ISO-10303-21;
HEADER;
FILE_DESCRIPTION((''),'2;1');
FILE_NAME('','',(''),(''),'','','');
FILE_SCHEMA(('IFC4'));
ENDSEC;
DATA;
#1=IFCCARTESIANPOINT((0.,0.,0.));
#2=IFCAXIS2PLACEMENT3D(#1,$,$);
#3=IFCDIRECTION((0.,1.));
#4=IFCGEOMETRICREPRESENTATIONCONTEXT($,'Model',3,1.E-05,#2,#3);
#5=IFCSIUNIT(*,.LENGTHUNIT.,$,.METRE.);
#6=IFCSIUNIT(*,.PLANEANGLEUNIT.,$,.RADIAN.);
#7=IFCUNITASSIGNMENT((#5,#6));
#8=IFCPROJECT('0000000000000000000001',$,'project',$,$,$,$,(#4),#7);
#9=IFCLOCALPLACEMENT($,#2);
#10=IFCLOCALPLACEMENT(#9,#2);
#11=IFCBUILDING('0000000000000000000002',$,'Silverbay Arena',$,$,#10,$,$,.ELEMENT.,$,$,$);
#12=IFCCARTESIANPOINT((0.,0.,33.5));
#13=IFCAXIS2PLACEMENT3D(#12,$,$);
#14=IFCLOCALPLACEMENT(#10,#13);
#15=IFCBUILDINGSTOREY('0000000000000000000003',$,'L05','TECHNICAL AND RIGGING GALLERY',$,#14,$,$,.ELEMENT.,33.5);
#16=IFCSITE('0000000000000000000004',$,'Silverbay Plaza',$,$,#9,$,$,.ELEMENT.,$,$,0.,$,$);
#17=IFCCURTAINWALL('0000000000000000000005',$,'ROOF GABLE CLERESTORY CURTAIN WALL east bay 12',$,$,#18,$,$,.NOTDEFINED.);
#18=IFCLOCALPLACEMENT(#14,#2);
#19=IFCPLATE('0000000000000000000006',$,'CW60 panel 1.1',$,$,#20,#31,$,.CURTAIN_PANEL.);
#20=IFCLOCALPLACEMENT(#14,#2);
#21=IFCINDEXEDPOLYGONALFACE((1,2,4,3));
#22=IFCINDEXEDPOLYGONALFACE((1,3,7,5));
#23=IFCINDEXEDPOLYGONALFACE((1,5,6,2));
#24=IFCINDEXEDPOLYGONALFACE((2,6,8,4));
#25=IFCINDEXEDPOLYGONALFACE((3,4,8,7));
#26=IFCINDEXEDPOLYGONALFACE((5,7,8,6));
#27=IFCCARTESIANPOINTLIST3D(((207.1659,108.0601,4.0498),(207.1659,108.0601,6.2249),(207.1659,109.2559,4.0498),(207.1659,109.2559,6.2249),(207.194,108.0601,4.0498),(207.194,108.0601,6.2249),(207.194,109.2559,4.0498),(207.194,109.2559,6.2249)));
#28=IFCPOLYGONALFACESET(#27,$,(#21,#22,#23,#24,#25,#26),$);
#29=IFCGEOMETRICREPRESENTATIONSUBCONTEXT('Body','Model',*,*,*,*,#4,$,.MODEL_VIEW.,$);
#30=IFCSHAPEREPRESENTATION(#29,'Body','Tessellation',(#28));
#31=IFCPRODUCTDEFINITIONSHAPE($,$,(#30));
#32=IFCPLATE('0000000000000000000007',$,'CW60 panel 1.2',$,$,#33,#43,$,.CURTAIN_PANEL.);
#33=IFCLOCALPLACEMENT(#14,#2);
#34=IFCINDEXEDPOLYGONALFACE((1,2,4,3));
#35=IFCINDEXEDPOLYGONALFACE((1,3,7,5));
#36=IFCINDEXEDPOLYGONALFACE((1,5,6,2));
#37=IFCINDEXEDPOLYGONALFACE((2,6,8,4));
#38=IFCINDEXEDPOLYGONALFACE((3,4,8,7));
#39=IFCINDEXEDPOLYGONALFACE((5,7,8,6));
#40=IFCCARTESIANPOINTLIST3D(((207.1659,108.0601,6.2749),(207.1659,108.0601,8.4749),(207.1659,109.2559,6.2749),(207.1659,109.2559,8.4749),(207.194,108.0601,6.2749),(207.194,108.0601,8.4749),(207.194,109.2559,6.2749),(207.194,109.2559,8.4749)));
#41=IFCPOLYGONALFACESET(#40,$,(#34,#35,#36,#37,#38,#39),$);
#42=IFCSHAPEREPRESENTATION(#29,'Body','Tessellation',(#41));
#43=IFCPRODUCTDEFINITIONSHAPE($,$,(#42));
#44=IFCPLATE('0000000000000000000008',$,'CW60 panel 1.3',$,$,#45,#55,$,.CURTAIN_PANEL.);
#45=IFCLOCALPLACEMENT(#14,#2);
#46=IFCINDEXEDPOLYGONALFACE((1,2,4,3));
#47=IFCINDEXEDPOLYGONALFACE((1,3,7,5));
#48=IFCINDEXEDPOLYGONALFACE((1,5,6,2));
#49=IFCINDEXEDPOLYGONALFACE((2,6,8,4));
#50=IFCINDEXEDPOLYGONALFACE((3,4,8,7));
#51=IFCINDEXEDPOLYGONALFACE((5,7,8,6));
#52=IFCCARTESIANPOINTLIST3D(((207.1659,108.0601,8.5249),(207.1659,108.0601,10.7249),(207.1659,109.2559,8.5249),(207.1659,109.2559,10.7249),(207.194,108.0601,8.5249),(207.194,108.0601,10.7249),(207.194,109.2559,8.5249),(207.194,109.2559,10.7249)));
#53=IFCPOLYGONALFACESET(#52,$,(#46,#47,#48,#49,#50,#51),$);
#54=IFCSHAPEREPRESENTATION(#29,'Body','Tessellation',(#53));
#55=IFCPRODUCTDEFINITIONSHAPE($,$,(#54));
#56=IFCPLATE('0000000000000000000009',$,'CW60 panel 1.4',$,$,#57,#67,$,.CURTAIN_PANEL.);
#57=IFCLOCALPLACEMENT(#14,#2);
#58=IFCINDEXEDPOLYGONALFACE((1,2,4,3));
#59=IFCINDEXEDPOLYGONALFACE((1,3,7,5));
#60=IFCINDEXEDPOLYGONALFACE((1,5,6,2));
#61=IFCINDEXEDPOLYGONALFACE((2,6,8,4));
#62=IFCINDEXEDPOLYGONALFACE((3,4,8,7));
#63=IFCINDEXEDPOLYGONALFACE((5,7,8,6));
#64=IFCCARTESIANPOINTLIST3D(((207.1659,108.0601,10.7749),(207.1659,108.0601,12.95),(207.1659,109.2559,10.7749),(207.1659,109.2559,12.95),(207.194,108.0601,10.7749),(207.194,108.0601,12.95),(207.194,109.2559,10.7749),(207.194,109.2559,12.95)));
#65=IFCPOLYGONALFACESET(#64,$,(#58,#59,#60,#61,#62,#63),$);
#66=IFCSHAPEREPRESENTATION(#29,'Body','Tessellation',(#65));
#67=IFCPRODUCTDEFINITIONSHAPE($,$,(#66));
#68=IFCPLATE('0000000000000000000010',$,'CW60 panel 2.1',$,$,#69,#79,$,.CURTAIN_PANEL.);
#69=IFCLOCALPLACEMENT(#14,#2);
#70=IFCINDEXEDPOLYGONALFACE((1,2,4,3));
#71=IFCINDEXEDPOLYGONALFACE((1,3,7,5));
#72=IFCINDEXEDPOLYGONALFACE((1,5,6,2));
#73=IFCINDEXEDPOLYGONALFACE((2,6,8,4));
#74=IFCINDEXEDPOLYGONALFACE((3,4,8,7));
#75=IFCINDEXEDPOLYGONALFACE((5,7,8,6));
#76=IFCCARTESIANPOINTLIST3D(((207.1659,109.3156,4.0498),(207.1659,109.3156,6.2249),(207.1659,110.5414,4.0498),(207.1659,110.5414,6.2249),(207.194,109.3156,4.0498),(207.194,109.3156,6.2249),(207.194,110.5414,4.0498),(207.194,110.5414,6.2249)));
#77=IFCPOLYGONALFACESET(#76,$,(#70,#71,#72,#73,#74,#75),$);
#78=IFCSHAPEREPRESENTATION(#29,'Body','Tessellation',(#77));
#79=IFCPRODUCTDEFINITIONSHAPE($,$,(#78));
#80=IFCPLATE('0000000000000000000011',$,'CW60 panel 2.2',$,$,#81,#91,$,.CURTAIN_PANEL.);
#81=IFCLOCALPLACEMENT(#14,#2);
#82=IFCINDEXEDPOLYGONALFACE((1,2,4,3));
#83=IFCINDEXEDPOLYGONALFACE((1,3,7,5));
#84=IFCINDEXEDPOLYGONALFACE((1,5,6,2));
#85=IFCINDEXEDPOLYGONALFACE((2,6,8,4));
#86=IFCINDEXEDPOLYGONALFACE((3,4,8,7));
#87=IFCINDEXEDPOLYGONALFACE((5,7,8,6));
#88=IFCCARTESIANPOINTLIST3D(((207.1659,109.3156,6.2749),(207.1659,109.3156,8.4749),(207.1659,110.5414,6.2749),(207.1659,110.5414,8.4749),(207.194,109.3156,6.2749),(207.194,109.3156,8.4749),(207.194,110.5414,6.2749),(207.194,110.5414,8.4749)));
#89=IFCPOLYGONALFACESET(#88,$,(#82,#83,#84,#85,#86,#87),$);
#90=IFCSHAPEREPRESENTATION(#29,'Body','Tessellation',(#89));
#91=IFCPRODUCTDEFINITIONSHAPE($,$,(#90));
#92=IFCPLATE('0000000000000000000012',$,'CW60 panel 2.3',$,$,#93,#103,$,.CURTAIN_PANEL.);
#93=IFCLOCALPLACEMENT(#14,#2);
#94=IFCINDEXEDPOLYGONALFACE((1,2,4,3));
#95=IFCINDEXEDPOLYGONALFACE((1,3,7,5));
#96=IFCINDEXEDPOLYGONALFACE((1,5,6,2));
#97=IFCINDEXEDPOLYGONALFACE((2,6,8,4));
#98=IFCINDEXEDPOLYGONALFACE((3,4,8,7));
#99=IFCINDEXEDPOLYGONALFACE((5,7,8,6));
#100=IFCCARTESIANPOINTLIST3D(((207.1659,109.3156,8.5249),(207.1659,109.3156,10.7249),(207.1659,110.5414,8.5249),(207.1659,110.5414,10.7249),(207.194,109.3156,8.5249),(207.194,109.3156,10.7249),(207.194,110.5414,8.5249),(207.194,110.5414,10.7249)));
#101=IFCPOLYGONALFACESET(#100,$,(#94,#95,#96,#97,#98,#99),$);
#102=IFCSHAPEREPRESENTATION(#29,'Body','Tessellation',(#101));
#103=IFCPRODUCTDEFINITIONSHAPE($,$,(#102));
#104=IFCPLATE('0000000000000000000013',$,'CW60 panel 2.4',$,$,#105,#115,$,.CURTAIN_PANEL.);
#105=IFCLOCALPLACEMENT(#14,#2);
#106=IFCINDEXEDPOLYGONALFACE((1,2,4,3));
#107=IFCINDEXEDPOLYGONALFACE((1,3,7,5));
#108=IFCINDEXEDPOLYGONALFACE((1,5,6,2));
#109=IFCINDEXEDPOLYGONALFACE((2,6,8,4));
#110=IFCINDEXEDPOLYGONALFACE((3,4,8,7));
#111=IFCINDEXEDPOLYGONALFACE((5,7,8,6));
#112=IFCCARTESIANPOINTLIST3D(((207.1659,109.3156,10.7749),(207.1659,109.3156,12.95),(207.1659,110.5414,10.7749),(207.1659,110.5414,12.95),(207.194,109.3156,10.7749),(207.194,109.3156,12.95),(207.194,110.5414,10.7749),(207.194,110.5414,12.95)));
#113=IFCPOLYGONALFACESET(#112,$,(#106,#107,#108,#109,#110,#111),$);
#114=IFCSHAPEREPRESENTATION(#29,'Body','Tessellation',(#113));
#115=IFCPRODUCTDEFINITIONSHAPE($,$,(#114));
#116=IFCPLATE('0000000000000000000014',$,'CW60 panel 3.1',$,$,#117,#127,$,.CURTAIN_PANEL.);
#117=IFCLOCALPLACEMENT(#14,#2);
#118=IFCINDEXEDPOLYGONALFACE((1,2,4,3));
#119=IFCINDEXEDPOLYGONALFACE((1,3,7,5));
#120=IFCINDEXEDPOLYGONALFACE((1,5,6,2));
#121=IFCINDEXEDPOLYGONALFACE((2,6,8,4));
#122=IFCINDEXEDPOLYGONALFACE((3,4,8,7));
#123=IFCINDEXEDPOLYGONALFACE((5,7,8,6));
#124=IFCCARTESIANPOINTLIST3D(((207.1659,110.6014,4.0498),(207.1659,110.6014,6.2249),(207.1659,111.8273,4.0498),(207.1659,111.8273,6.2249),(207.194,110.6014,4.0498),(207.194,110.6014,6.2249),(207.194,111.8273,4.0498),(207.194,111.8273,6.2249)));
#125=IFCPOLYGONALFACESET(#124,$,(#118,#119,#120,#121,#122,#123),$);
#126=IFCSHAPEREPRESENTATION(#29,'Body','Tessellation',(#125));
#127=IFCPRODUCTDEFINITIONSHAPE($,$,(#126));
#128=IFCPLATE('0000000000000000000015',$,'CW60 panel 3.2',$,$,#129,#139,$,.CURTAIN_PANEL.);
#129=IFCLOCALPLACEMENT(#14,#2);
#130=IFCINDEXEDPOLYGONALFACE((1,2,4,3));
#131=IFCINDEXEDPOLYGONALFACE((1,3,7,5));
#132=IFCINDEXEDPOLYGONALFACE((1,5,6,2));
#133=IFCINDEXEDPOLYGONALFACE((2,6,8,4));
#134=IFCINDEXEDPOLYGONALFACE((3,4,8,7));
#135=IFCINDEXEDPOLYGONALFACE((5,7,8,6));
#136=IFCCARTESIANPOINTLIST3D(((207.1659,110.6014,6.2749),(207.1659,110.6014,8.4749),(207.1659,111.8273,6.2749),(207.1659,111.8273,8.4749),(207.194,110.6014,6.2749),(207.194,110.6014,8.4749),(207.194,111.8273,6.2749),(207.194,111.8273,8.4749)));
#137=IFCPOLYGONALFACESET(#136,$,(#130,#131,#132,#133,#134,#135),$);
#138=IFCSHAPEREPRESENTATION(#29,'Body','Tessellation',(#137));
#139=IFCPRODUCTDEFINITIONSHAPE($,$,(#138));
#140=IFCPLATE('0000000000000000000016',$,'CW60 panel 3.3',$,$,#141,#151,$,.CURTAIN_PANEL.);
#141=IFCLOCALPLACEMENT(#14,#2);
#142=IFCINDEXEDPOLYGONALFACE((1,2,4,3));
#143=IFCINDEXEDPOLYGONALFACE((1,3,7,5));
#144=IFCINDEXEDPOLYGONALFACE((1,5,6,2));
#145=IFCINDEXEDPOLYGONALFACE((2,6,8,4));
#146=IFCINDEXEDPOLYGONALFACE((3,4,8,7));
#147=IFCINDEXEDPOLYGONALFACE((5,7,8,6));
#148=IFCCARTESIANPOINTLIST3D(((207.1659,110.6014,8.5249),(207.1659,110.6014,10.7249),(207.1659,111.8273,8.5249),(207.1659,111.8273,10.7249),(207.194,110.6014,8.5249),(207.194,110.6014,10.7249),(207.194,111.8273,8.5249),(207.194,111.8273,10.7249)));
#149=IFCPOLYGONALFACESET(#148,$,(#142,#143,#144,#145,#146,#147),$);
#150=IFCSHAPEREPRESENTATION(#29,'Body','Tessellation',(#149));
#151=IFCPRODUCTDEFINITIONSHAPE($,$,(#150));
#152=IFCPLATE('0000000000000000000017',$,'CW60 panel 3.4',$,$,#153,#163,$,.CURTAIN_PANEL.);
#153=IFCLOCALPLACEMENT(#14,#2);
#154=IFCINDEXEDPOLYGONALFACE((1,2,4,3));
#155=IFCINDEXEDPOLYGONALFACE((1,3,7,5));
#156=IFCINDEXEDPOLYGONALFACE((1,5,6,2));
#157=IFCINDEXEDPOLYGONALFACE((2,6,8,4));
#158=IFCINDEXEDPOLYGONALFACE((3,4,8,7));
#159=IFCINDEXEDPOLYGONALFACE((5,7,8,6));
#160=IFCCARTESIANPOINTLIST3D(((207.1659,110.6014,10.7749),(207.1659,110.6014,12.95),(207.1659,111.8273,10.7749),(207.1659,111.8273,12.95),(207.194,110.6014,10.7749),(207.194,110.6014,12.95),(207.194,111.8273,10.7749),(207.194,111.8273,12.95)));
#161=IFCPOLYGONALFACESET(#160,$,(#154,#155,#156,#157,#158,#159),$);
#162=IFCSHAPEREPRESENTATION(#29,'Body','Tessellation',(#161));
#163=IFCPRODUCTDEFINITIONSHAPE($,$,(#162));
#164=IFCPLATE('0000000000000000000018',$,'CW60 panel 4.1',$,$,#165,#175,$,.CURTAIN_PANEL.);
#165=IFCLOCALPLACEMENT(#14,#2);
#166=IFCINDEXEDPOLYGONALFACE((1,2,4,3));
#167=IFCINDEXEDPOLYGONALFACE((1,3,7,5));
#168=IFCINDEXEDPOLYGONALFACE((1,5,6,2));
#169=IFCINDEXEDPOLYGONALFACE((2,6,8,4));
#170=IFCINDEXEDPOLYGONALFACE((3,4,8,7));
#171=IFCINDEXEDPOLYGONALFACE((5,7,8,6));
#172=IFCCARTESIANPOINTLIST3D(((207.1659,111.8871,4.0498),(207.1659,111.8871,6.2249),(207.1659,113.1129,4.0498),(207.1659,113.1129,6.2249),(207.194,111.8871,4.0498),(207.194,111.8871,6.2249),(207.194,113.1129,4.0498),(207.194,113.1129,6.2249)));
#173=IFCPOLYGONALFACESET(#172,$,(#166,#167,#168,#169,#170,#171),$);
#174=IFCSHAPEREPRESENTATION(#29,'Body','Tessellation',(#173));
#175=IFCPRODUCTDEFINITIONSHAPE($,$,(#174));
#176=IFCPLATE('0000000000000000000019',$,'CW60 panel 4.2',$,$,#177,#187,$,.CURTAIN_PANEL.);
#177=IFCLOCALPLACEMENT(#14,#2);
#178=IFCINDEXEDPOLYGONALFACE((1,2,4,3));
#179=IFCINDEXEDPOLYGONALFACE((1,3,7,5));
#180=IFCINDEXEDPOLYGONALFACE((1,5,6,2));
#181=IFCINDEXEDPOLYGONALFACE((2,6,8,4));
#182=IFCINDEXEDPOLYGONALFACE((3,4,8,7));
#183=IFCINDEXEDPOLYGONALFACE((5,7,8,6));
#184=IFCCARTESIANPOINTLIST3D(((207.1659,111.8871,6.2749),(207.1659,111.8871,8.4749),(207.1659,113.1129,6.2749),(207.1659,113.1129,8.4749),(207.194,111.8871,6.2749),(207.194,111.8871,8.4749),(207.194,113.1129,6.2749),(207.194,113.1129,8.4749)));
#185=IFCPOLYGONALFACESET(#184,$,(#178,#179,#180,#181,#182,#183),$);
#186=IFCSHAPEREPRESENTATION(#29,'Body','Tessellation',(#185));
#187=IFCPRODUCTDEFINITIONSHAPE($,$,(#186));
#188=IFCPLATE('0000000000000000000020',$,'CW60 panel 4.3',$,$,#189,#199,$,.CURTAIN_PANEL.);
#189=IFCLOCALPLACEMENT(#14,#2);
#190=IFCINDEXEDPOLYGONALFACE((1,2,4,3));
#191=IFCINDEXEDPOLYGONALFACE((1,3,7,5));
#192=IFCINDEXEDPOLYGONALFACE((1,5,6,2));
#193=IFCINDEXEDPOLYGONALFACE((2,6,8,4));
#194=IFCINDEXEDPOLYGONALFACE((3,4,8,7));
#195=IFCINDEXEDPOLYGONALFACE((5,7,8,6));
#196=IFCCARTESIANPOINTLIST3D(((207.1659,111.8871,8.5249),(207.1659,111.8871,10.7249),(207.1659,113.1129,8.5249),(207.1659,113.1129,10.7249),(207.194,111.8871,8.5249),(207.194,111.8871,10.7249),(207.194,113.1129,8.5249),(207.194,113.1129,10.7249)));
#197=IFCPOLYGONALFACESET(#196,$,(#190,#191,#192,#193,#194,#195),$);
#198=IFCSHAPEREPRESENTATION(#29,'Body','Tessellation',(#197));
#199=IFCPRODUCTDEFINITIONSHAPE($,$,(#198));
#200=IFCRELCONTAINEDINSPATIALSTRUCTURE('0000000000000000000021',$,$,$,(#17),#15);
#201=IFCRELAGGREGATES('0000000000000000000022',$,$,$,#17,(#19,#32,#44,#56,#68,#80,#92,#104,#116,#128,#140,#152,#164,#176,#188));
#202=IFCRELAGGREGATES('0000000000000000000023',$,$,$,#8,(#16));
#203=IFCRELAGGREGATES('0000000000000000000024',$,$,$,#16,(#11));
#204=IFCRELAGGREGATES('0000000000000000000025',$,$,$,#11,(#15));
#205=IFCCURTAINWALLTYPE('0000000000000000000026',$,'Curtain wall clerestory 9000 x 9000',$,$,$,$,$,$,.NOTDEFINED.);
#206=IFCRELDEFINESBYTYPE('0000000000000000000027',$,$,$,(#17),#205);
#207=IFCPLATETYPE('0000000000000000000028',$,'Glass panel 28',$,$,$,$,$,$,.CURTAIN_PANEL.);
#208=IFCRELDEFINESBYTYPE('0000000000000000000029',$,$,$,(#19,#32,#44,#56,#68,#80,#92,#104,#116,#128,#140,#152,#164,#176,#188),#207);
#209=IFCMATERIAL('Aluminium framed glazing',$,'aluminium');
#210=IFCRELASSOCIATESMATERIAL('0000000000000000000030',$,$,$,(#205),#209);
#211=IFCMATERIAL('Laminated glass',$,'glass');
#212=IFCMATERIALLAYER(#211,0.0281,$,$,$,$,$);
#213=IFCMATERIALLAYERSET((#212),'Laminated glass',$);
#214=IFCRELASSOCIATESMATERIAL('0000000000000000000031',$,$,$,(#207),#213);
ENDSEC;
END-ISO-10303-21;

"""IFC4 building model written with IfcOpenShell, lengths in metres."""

from ifc_helpers import new_model, si_unit, direction, frame, origin, origin_2d, place, context, subcontext, project, spatial, rectangle, extrude, material, layer, layer_set, type_object, element, aggregate, save


model = new_model("IFC4")

# Units and contexts
model_context = context("Model", 3, precision=1e-05, world=origin(), true_north=direction((0.0, 1.0)))
body_context = subcontext(model_context, "Body", "Model", "MODEL_VIEW")
ifc_project = project(units=[si_unit("LENGTHUNIT", "METRE"), si_unit("PLANEANGLEUNIT", "RADIAN")], contexts=[model_context])

# Site, building, storey
site_placement = place(None, origin())
site = spatial("IfcSite", under=ifc_project, at=site_placement, Name="Silverbay Plaza", CompositionType="ELEMENT", RefElevation=0.0)
building_placement = place(site_placement, origin())
building = spatial("IfcBuilding", under=site, at=building_placement, Name="Silverbay Arena", CompositionType="ELEMENT")
storey_placement = place(building_placement, frame((0.0, 0.0, 33.5)))
storey = spatial("IfcBuildingStorey", under=building, at=storey_placement, Name="L05", Description="TECHNICAL AND RIGGING GALLERY", CompositionType="ELEMENT", Elevation=33.5)

# Curtain wall, plates
ifc_material_1 = material(Name="Aluminium framed glazing", Category="aluminium")
curtain_wall_type = type_object("IfcCurtainWallType", Name="Curtain wall clerestory 9000 x 9000", PredefinedType="NOTDEFINED", material=ifc_material_1)
curtain_wall_placement = place(storey_placement, origin())
curtain_wall = element("IfcCurtainWall", 1, at=curtain_wall_placement, inside=storey, type_object=curtain_wall_type, Name="ROOF GABLE CLERESTORY CURTAIN WALL east bay 12", PredefinedType="NOTDEFINED")
ifc_material_2 = material(Name="Laminated glass", Category="glass")
ifc_layer = layer(ifc_material_2, 0.0281)
ifc_layer_set = layer_set([ifc_layer], Name="Laminated glass")
plate_type = type_object("IfcPlateType", Name="Glass panel 28", PredefinedType="CURTAIN_PANEL", material=ifc_layer_set)
plate_1_placement = place(storey_placement, frame((207.1799, 108.658, 4.0498), z_axis=(0.0, 0.0, 1.0), x_axis=(0.0, 1.0, 0.0)))
plate_1 = element("IfcPlate", 2, at=plate_1_placement, type_object=plate_type, Name="CW60 panel 1.1", PredefinedType="CURTAIN_PANEL", context=body_context, shape_type="SweptSolid", body=[
    extrude(rectangle(XDim=1.1958, YDim=0.0281, at=origin_2d()), origin(), (0.0, 0.0, 1.0), 2.175),
])
plate_2_placement = place(storey_placement, frame((207.1799, 108.658, 6.2749), z_axis=(0.0, 0.0, 1.0), x_axis=(0.0, 1.0, 0.0)))
plate_2 = element("IfcPlate", 3, at=plate_2_placement, type_object=plate_type, Name="CW60 panel 1.2", PredefinedType="CURTAIN_PANEL", context=body_context, shape_type="SweptSolid", body=[
    extrude(rectangle(XDim=1.1958, YDim=0.0281, at=origin_2d()), origin(), (0.0, 0.0, 1.0), 2.2),
])
plate_3_placement = place(storey_placement, frame((207.1799, 108.658, 8.5249), z_axis=(0.0, 0.0, 1.0), x_axis=(0.0, 1.0, 0.0)))
plate_3 = element("IfcPlate", 4, at=plate_3_placement, type_object=plate_type, Name="CW60 panel 1.3", PredefinedType="CURTAIN_PANEL", context=body_context, shape_type="SweptSolid", body=[
    extrude(rectangle(XDim=1.1958, YDim=0.0281, at=origin_2d()), origin(), (0.0, 0.0, 1.0), 2.2),
])
plate_4_placement = place(storey_placement, frame((207.1799, 108.658, 10.7749), z_axis=(0.0, 0.0, 1.0), x_axis=(0.0, 1.0, 0.0)))
plate_4 = element("IfcPlate", 5, at=plate_4_placement, type_object=plate_type, Name="CW60 panel 1.4", PredefinedType="CURTAIN_PANEL", context=body_context, shape_type="SweptSolid", body=[
    extrude(rectangle(XDim=1.1958, YDim=0.0281, at=origin_2d()), origin(), (0.0, 0.0, 1.0), 2.175),
])
plate_5_placement = place(storey_placement, frame((207.1799, 109.9285, 4.0498), z_axis=(0.0, 0.0, 1.0), x_axis=(0.0, 1.0, 0.0)))
plate_5 = element("IfcPlate", 6, at=plate_5_placement, type_object=plate_type, Name="CW60 panel 2.1", PredefinedType="CURTAIN_PANEL", context=body_context, shape_type="SweptSolid", body=[
    extrude(rectangle(XDim=1.2258, YDim=0.0281, at=origin_2d()), origin(), (0.0, 0.0, 1.0), 2.175),
])
plate_6_placement = place(storey_placement, frame((207.1799, 109.9285, 6.2749), z_axis=(0.0, 0.0, 1.0), x_axis=(0.0, 1.0, 0.0)))
plate_6 = element("IfcPlate", 7, at=plate_6_placement, type_object=plate_type, Name="CW60 panel 2.2", PredefinedType="CURTAIN_PANEL", context=body_context, shape_type="SweptSolid", body=[
    extrude(rectangle(XDim=1.2258, YDim=0.0281, at=origin_2d()), origin(), (0.0, 0.0, 1.0), 2.2),
])
plate_7_placement = place(storey_placement, frame((207.1799, 109.9285, 8.5249), z_axis=(0.0, 0.0, 1.0), x_axis=(0.0, 1.0, 0.0)))
plate_7 = element("IfcPlate", 8, at=plate_7_placement, type_object=plate_type, Name="CW60 panel 2.3", PredefinedType="CURTAIN_PANEL", context=body_context, shape_type="SweptSolid", body=[
    extrude(rectangle(XDim=1.2258, YDim=0.0281, at=origin_2d()), origin(), (0.0, 0.0, 1.0), 2.2),
])
plate_8_placement = place(storey_placement, frame((207.1799, 109.9285, 10.7749), z_axis=(0.0, 0.0, 1.0), x_axis=(0.0, 1.0, 0.0)))
plate_8 = element("IfcPlate", 9, at=plate_8_placement, type_object=plate_type, Name="CW60 panel 2.4", PredefinedType="CURTAIN_PANEL", context=body_context, shape_type="SweptSolid", body=[
    extrude(rectangle(XDim=1.2258, YDim=0.0281, at=origin_2d()), origin(), (0.0, 0.0, 1.0), 2.175),
])
plate_9_placement = place(storey_placement, frame((207.1799, 111.2144, 4.0498), z_axis=(0.0, 0.0, 1.0), x_axis=(0.0, 1.0, 0.0)))
plate_9 = element("IfcPlate", 10, at=plate_9_placement, type_object=plate_type, Name="CW60 panel 3.1", PredefinedType="CURTAIN_PANEL", context=body_context, shape_type="SweptSolid", body=[
    extrude(rectangle(XDim=1.2258, YDim=0.0281, at=origin_2d()), origin(), (0.0, 0.0, 1.0), 2.175),
])
plate_10_placement = place(storey_placement, frame((207.1799, 111.2144, 6.2749), z_axis=(0.0, 0.0, 1.0), x_axis=(0.0, 1.0, 0.0)))
plate_10 = element("IfcPlate", 11, at=plate_10_placement, type_object=plate_type, Name="CW60 panel 3.2", PredefinedType="CURTAIN_PANEL", context=body_context, shape_type="SweptSolid", body=[
    extrude(rectangle(XDim=1.2258, YDim=0.0281, at=origin_2d()), origin(), (0.0, 0.0, 1.0), 2.2),
])
plate_11_placement = place(storey_placement, frame((207.1799, 111.2144, 8.5249), z_axis=(0.0, 0.0, 1.0), x_axis=(0.0, 1.0, 0.0)))
plate_11 = element("IfcPlate", 12, at=plate_11_placement, type_object=plate_type, Name="CW60 panel 3.3", PredefinedType="CURTAIN_PANEL", context=body_context, shape_type="SweptSolid", body=[
    extrude(rectangle(XDim=1.2258, YDim=0.0281, at=origin_2d()), origin(), (0.0, 0.0, 1.0), 2.2),
])
plate_12_placement = place(storey_placement, frame((207.1799, 111.2144, 10.7749), z_axis=(0.0, 0.0, 1.0), x_axis=(0.0, 1.0, 0.0)))
plate_12 = element("IfcPlate", 13, at=plate_12_placement, type_object=plate_type, Name="CW60 panel 3.4", PredefinedType="CURTAIN_PANEL", context=body_context, shape_type="SweptSolid", body=[
    extrude(rectangle(XDim=1.2258, YDim=0.0281, at=origin_2d()), origin(), (0.0, 0.0, 1.0), 2.175),
])
plate_13_placement = place(storey_placement, frame((207.1799, 112.5, 4.0498), z_axis=(0.0, 0.0, 1.0), x_axis=(0.0, 1.0, 0.0)))
plate_13 = element("IfcPlate", 14, at=plate_13_placement, type_object=plate_type, Name="CW60 panel 4.1", PredefinedType="CURTAIN_PANEL", context=body_context, shape_type="SweptSolid", body=[
    extrude(rectangle(XDim=1.2258, YDim=0.0281, at=origin_2d()), origin(), (0.0, 0.0, 1.0), 2.175),
])
plate_14_placement = place(storey_placement, frame((207.1799, 112.5, 6.2749), z_axis=(0.0, 0.0, 1.0), x_axis=(0.0, 1.0, 0.0)))
plate_14 = element("IfcPlate", 15, at=plate_14_placement, type_object=plate_type, Name="CW60 panel 4.2", PredefinedType="CURTAIN_PANEL", context=body_context, shape_type="SweptSolid", body=[
    extrude(rectangle(XDim=1.2258, YDim=0.0281, at=origin_2d()), origin(), (0.0, 0.0, 1.0), 2.2),
])
plate_15_placement = place(storey_placement, frame((207.1799, 112.5, 8.5249), z_axis=(0.0, 0.0, 1.0), x_axis=(0.0, 1.0, 0.0)))
plate_15 = element("IfcPlate", 16, at=plate_15_placement, type_object=plate_type, Name="CW60 panel 4.3", PredefinedType="CURTAIN_PANEL", context=body_context, shape_type="SweptSolid", body=[
    extrude(rectangle(XDim=1.2258, YDim=0.0281, at=origin_2d()), origin(), (0.0, 0.0, 1.0), 2.2),
])
aggregate(curtain_wall, [plate_1, plate_2, plate_3, plate_4, plate_5, plate_6, plate_7, plate_8, plate_9, plate_10, plate_11, plate_12, plate_13, plate_14, plate_15])

save(model, "model.ifc")
